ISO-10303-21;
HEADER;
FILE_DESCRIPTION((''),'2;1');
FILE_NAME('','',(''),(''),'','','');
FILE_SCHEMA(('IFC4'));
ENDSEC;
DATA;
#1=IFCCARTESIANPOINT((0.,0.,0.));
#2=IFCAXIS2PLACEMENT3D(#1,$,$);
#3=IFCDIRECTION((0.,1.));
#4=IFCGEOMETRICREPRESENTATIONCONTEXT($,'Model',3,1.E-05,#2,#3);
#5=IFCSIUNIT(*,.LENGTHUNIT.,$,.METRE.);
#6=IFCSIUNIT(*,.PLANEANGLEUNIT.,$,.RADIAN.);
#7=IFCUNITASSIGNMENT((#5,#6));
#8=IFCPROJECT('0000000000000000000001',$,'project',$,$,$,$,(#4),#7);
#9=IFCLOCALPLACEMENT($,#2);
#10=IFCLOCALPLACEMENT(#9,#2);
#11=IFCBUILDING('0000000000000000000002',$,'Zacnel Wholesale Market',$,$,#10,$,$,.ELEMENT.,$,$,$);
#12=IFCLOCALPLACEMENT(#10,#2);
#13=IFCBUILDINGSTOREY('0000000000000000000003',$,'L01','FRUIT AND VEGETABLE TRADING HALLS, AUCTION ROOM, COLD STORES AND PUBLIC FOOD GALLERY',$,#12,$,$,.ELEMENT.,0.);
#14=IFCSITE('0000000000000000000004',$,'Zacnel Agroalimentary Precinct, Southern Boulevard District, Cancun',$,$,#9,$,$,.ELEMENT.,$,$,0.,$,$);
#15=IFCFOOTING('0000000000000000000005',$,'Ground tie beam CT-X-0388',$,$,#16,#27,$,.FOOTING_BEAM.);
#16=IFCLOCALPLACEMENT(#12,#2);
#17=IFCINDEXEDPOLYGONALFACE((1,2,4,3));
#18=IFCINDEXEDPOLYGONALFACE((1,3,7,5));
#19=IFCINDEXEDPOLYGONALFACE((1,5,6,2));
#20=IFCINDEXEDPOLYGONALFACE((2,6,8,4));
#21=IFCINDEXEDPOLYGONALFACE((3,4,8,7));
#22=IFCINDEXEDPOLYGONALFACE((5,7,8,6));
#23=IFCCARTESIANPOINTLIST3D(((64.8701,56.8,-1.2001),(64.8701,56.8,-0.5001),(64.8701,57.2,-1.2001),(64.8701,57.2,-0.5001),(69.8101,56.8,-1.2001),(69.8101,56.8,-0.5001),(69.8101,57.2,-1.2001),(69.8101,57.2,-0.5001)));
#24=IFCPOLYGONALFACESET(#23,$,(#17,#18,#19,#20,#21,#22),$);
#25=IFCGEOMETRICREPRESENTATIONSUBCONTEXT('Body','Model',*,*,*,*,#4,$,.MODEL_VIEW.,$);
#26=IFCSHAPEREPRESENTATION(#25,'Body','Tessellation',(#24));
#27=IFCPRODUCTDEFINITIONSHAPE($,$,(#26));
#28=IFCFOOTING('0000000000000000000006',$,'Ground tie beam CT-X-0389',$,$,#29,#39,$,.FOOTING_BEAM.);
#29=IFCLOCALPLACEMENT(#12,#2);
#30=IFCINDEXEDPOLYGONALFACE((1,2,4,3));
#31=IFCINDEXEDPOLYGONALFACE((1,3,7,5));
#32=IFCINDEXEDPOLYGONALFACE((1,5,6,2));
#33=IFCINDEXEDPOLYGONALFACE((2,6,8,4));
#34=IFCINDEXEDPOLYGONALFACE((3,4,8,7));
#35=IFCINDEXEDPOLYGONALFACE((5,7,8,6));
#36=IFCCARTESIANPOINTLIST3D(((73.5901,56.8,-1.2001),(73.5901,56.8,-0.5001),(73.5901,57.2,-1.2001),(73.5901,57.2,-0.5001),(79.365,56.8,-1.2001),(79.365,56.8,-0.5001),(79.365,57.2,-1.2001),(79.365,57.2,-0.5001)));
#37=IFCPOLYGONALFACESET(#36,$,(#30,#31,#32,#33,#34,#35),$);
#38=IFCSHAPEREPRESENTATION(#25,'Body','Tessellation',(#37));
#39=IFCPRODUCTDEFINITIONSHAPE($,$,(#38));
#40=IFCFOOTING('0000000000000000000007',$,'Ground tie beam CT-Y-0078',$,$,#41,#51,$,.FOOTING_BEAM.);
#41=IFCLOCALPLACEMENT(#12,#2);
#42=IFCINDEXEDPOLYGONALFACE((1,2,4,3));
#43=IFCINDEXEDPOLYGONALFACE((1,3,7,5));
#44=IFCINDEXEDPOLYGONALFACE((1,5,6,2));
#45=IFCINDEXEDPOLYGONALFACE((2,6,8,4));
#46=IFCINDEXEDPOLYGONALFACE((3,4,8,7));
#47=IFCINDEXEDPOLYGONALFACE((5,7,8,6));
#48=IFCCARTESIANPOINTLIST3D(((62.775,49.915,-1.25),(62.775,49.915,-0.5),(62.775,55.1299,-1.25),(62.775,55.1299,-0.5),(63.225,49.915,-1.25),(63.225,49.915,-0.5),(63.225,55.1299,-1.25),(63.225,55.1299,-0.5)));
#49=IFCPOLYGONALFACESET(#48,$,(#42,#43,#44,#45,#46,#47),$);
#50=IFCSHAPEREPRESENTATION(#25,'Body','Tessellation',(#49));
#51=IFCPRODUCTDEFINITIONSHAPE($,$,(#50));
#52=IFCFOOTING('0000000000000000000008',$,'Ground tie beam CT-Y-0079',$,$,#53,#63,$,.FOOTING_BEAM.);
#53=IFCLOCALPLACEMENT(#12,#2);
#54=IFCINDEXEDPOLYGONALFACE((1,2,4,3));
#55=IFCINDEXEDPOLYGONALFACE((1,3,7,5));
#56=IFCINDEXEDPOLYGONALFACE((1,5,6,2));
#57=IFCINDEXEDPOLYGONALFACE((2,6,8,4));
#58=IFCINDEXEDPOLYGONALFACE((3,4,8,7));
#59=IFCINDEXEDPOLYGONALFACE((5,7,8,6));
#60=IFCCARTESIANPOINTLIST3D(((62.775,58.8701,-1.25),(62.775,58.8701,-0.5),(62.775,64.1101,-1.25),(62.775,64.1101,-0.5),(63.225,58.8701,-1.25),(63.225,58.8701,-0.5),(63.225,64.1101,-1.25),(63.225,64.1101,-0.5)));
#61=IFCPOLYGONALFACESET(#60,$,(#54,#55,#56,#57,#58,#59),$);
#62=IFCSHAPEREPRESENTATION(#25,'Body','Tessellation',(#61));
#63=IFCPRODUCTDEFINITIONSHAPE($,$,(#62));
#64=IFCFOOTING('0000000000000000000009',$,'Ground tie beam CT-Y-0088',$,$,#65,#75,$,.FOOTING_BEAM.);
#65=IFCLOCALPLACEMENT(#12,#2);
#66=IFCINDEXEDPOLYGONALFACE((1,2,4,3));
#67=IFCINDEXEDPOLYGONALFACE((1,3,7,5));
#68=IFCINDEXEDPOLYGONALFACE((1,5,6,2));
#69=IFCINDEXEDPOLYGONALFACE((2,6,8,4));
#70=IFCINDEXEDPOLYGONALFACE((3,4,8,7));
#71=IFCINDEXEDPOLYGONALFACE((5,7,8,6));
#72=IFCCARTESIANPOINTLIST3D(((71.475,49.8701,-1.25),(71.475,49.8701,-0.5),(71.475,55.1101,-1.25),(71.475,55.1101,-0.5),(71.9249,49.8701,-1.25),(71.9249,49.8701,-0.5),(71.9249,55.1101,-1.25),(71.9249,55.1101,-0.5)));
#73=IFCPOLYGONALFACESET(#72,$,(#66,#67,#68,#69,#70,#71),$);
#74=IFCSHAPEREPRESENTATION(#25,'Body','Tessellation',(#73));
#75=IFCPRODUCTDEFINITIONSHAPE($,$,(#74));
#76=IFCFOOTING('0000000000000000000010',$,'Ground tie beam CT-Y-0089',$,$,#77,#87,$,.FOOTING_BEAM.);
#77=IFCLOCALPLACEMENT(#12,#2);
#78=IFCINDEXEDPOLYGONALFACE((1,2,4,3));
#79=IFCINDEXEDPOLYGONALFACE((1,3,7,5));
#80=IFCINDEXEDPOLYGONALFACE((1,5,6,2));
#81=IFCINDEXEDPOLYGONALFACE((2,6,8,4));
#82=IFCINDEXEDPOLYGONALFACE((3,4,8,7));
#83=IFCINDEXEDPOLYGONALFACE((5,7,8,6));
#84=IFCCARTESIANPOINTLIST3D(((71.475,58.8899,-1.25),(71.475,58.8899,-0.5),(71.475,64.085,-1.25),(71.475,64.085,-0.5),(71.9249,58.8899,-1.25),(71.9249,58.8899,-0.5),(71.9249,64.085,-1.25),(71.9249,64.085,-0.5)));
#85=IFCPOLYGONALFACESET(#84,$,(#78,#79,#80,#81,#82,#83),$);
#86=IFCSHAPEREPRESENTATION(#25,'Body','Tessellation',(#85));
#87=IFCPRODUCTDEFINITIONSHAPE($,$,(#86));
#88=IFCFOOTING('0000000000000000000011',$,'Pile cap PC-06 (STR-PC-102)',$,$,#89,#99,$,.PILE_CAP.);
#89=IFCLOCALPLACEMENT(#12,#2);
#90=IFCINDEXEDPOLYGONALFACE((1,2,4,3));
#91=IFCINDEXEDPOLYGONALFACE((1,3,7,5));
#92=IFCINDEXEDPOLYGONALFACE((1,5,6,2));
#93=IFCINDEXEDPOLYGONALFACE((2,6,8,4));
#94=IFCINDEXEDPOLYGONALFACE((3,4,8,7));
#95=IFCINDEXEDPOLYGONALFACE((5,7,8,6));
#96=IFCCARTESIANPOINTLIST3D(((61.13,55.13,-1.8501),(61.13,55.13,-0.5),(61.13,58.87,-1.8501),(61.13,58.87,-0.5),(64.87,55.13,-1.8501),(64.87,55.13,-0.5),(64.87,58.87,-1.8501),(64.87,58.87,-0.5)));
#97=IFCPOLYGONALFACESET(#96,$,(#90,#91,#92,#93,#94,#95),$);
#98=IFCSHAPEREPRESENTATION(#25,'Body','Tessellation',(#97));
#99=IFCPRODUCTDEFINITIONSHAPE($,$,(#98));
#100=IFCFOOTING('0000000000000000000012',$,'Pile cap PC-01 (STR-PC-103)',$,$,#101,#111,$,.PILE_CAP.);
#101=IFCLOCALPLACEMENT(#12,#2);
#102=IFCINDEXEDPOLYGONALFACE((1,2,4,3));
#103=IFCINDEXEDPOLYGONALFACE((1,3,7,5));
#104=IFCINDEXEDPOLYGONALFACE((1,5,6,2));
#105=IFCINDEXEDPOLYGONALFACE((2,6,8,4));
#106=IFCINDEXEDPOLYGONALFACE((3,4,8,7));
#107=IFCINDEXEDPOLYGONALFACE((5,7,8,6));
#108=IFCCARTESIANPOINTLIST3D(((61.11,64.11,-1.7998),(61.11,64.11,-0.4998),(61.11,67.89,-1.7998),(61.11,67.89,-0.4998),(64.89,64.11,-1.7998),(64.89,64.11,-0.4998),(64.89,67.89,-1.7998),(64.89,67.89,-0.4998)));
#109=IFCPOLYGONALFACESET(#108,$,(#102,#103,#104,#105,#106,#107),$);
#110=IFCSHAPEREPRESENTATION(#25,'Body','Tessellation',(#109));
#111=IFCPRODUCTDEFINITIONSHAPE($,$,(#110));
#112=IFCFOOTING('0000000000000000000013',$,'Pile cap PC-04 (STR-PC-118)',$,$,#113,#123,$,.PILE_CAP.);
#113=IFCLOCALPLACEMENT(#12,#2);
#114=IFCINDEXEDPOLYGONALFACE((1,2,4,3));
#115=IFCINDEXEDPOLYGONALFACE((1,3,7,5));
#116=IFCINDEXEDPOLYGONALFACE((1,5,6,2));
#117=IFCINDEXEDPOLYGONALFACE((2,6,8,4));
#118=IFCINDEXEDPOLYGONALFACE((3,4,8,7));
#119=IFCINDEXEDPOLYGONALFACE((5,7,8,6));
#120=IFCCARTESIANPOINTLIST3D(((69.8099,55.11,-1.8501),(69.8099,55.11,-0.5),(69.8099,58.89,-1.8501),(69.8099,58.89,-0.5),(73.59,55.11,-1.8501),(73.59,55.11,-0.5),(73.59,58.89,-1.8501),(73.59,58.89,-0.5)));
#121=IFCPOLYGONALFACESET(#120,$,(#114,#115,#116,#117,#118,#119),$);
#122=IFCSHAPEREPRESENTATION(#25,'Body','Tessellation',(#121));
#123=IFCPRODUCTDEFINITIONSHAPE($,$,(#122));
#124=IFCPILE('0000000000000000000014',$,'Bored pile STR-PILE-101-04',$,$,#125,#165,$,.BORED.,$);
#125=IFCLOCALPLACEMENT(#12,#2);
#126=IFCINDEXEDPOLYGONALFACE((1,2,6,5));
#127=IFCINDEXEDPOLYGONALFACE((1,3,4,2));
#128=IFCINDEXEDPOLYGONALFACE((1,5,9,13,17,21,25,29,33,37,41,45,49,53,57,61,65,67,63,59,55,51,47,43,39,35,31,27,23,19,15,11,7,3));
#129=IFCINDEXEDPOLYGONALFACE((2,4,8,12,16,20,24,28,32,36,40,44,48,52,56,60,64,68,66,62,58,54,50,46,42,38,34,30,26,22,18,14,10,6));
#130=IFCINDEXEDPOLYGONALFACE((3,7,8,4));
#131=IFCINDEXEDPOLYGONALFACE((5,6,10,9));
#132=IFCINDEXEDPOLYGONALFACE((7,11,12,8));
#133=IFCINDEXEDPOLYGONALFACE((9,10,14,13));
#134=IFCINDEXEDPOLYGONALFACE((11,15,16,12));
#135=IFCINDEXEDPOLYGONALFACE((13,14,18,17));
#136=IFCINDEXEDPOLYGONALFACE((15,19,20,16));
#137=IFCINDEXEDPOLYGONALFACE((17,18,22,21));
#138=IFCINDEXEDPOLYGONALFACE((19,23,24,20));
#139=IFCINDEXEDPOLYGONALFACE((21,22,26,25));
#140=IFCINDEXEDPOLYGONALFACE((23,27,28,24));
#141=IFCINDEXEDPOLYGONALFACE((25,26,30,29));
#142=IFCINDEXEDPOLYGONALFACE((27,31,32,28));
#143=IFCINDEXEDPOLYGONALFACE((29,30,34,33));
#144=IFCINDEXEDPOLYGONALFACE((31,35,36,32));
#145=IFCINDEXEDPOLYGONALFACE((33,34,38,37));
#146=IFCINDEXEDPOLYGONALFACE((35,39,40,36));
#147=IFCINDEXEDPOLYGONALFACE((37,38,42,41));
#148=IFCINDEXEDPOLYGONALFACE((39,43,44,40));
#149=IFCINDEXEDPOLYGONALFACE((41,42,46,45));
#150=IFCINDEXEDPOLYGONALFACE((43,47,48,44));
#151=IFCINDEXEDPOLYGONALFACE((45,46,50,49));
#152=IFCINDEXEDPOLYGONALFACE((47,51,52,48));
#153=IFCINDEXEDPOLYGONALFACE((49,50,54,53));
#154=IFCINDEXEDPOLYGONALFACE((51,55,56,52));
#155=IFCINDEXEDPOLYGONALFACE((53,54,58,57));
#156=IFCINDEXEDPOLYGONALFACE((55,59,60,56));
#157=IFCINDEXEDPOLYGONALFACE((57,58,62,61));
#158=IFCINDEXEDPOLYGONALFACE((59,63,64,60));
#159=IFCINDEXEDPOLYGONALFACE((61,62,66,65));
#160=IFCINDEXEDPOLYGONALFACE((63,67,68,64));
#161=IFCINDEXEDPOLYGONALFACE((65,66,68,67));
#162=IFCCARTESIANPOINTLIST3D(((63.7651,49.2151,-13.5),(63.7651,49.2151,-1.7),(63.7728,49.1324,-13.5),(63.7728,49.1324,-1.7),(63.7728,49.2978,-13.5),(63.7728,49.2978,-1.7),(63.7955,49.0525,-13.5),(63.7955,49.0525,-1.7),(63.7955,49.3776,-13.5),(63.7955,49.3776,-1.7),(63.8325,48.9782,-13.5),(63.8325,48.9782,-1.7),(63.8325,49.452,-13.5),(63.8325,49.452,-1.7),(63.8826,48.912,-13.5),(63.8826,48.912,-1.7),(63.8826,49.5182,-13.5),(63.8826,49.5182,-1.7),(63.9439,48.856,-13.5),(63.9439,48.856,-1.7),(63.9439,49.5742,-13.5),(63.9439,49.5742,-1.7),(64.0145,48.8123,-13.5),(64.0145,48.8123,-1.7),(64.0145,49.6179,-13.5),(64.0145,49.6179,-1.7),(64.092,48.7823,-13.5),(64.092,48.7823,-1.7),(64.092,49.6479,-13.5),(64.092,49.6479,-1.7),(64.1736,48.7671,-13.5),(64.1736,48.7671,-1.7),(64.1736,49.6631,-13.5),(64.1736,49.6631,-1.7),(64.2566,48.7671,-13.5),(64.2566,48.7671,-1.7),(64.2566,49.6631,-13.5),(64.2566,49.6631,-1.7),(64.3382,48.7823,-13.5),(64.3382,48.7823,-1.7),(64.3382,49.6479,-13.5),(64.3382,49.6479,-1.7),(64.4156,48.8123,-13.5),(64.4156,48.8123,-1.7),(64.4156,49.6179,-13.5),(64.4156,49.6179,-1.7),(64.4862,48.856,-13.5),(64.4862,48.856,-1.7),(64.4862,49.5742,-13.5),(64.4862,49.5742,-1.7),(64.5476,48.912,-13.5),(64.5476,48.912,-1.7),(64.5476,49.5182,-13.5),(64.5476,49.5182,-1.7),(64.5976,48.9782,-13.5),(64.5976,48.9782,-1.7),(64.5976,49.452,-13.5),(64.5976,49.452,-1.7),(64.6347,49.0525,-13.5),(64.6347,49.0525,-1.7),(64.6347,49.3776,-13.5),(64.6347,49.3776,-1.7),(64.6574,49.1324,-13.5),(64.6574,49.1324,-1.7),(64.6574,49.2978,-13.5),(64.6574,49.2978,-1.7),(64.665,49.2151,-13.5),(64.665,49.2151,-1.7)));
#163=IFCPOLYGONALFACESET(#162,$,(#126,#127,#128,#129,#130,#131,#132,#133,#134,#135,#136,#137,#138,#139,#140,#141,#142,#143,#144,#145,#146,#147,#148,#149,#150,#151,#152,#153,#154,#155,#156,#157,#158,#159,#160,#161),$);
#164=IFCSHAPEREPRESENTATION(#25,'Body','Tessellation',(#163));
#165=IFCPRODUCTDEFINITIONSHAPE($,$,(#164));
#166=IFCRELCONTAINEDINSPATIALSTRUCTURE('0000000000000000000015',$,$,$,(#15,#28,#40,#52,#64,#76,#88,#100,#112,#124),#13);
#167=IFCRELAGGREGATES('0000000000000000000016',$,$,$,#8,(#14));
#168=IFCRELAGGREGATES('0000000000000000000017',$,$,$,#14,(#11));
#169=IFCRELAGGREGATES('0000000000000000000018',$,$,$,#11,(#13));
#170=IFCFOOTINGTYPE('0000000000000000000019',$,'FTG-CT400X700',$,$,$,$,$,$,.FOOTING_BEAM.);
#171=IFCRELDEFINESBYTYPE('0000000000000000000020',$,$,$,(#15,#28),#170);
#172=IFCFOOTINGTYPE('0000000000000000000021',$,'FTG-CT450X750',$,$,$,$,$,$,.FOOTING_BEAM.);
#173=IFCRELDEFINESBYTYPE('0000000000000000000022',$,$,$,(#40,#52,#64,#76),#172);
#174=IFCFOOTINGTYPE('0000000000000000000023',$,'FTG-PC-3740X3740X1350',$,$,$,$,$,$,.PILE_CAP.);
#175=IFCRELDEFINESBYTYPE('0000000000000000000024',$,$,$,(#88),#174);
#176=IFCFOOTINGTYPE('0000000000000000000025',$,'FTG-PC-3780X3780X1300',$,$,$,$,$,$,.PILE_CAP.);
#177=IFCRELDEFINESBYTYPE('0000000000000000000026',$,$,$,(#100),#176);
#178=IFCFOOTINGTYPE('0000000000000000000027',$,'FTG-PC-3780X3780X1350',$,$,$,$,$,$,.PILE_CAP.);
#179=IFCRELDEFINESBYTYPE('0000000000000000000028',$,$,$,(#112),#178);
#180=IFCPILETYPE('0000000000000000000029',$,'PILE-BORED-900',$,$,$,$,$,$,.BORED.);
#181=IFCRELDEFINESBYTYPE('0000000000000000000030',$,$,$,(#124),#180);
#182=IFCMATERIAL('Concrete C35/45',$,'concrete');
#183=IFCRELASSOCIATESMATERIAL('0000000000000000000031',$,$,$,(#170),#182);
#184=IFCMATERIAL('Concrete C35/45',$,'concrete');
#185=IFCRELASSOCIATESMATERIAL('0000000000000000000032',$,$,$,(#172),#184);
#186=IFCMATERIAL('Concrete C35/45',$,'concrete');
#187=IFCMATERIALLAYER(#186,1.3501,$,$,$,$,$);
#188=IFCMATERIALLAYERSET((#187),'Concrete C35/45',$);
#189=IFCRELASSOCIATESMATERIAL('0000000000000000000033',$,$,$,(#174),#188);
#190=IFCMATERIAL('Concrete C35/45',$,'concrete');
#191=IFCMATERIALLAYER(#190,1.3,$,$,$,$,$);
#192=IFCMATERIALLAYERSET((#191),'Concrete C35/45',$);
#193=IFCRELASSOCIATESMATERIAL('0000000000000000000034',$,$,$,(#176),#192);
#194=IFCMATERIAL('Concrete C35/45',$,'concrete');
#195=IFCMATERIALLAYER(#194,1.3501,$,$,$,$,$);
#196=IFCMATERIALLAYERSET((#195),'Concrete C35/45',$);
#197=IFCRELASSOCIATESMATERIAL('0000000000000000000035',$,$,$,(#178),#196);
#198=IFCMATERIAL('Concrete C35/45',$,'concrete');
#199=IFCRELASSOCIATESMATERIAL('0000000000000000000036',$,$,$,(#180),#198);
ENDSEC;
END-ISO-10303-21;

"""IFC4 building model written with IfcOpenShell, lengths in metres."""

from ifc_helpers import new_model, si_unit, direction, frame, origin, origin_2d, place, context, subcontext, project, spatial, rectangle, circle, extrude, material, layer, layer_set, material_profile, profile_set, type_object, element, save


model = new_model("IFC4")

# Units and contexts
model_context = context("Model", 3, precision=1e-05, world=origin(), true_north=direction((0.0, 1.0)))
body_context = subcontext(model_context, "Body", "Model", "MODEL_VIEW")
ifc_project = project(units=[si_unit("LENGTHUNIT", "METRE"), si_unit("PLANEANGLEUNIT", "RADIAN")], contexts=[model_context])

# Site, building, storey
site_placement = place(None, origin())
site = spatial("IfcSite", under=ifc_project, at=site_placement, Name="Zacnel Agroalimentary Precinct, Southern Boulevard District, Cancun", CompositionType="ELEMENT", RefElevation=0.0)
building_placement = place(site_placement, origin())
building = spatial("IfcBuilding", under=site, at=building_placement, Name="Zacnel Wholesale Market", CompositionType="ELEMENT")
storey_placement = place(building_placement, origin())
storey = spatial("IfcBuildingStorey", under=building, at=storey_placement, Name="L01", Description="FRUIT AND VEGETABLE TRADING HALLS, AUCTION ROOM, COLD STORES AND PUBLIC FOOD GALLERY", CompositionType="ELEMENT", Elevation=0.0)

# Footings
ifc_material_1 = material(Name="Concrete C35/45", Category="concrete")
ifc_material_profile_1 = material_profile(ifc_material_1, rectangle(XDim=0.3999, YDim=0.7, at=origin_2d()), Name="CT 400x700")
ifc_profile_set_1 = profile_set([ifc_material_profile_1], Name="Concrete C35/45")
footing_type_1 = type_object("IfcFootingType", Name="FTG-CT400X700", PredefinedType="FOOTING_BEAM", material=ifc_profile_set_1)
footing_1_placement = place(storey_placement, frame((64.8701, 57.0, -0.8501), z_axis=(1.0, 0.0, 0.0), x_axis=(0.0, 1.0, 0.0)))
element("IfcFooting", 1, at=footing_1_placement, inside=storey, type_object=footing_type_1, Name="Ground tie beam CT-X-0388", PredefinedType="FOOTING_BEAM", context=body_context, shape_type="SweptSolid", body=[
    extrude(rectangle(XDim=0.3999, YDim=0.7, at=origin_2d()), origin(), (0.0, 0.0, 1.0), 4.9399),
])
footing_2_placement = place(storey_placement, frame((73.5901, 57.0, -0.8501), z_axis=(1.0, 0.0, 0.0), x_axis=(0.0, 1.0, 0.0)))
element("IfcFooting", 2, at=footing_2_placement, inside=storey, type_object=footing_type_1, Name="Ground tie beam CT-X-0389", PredefinedType="FOOTING_BEAM", context=body_context, shape_type="SweptSolid", body=[
    extrude(rectangle(XDim=0.3999, YDim=0.7, at=origin_2d()), origin(), (0.0, 0.0, 1.0), 5.7749),
])
ifc_material_2 = material(Name="Concrete C35/45", Category="concrete")
ifc_material_profile_2 = material_profile(ifc_material_2, rectangle(XDim=0.45, YDim=0.75, at=origin_2d()), Name="CT 450x750")
ifc_profile_set_2 = profile_set([ifc_material_profile_2], Name="Concrete C35/45")
footing_type_2 = type_object("IfcFootingType", Name="FTG-CT450X750", PredefinedType="FOOTING_BEAM", material=ifc_profile_set_2)
footing_3_placement = place(storey_placement, frame((63.0, 49.915, -0.875), z_axis=(0.0, 1.0, 0.0), x_axis=(-1.0, 0.0, 0.0)))
element("IfcFooting", 3, at=footing_3_placement, inside=storey, type_object=footing_type_2, Name="Ground tie beam CT-Y-0078", PredefinedType="FOOTING_BEAM", context=body_context, shape_type="SweptSolid", body=[
    extrude(rectangle(XDim=0.45, YDim=0.75, at=origin_2d()), origin(), (0.0, 0.0, 1.0), 5.2148),
])
for number, where, z_axis, x_axis, name in (
    (4, (63.0, 58.8701, -0.875), (0.0, 1.0, 0.0), (-1.0, 0.0, 0.0), "Ground tie beam CT-Y-0079"),
    (5, (71.7, 49.8701, -0.875), (0.0, 1.0, 0.0), (-1.0, 0.0, 0.0), "Ground tie beam CT-Y-0088"),
):
    element("IfcFooting", number, at=place(storey_placement, frame(where, z_axis=z_axis, x_axis=x_axis)), inside=storey, type_object=footing_type_2, Name=name, PredefinedType="FOOTING_BEAM", context=body_context, shape_type="SweptSolid", body=[
        extrude(rectangle(XDim=0.45, YDim=0.75, at=origin_2d()), origin(), (0.0, 0.0, 1.0), 5.24),
    ])
footing_4_placement = place(storey_placement, frame((71.7, 58.8899, -0.875), z_axis=(0.0, 1.0, 0.0), x_axis=(-1.0, 0.0, 0.0)))
element("IfcFooting", 6, at=footing_4_placement, inside=storey, type_object=footing_type_2, Name="Ground tie beam CT-Y-0089", PredefinedType="FOOTING_BEAM", context=body_context, shape_type="SweptSolid", body=[
    extrude(rectangle(XDim=0.45, YDim=0.75, at=origin_2d()), origin(), (0.0, 0.0, 1.0), 5.1951),
])
ifc_material_3 = material(Name="Concrete C35/45", Category="concrete")
ifc_layer_1 = layer(ifc_material_3, 1.3501)
ifc_layer_set_1 = layer_set([ifc_layer_1], Name="Concrete C35/45")
footing_type_3 = type_object("IfcFootingType", Name="FTG-PC-3740X3740X1350", PredefinedType="PILE_CAP", material=ifc_layer_set_1)
footing_5_placement = place(storey_placement, frame((63.0, 57.0, -1.8501), z_axis=(0.0, 0.0, 1.0), x_axis=(1.0, 0.0, 0.0)))
element("IfcFooting", 7, at=footing_5_placement, inside=storey, type_object=footing_type_3, Name="Pile cap PC-06 (STR-PC-102)", PredefinedType="PILE_CAP", context=body_context, shape_type="SweptSolid", body=[
    extrude(rectangle(XDim=3.74, YDim=3.74, at=origin_2d()), origin(), (0.0, 0.0, 1.0), 1.3501),
])
ifc_material_4 = material(Name="Concrete C35/45", Category="concrete")
ifc_layer_2 = layer(ifc_material_4, 1.3)
ifc_layer_set_2 = layer_set([ifc_layer_2], Name="Concrete C35/45")
footing_type_4 = type_object("IfcFootingType", Name="FTG-PC-3780X3780X1300", PredefinedType="PILE_CAP", material=ifc_layer_set_2)
footing_6_placement = place(storey_placement, frame((63.0, 66.0, -1.7998), z_axis=(0.0, 0.0, 1.0), x_axis=(1.0, 0.0, 0.0)))
element("IfcFooting", 8, at=footing_6_placement, inside=storey, type_object=footing_type_4, Name="Pile cap PC-01 (STR-PC-103)", PredefinedType="PILE_CAP", context=body_context, shape_type="SweptSolid", body=[
    extrude(rectangle(XDim=3.78, YDim=3.78, at=origin_2d()), origin(), (0.0, 0.0, 1.0), 1.3),
])
ifc_material_5 = material(Name="Concrete C35/45", Category="concrete")
ifc_layer_3 = layer(ifc_material_5, 1.3501)
ifc_layer_set_3 = layer_set([ifc_layer_3], Name="Concrete C35/45")
footing_type_5 = type_object("IfcFootingType", Name="FTG-PC-3780X3780X1350", PredefinedType="PILE_CAP", material=ifc_layer_set_3)
footing_7_placement = place(storey_placement, frame((71.7, 57.0, -1.8501), z_axis=(0.0, 0.0, 1.0), x_axis=(1.0, 0.0, 0.0)))
element("IfcFooting", 9, at=footing_7_placement, inside=storey, type_object=footing_type_5, Name="Pile cap PC-04 (STR-PC-118)", PredefinedType="PILE_CAP", context=body_context, shape_type="SweptSolid", body=[
    extrude(rectangle(XDim=3.78, YDim=3.78, at=origin_2d()), origin(), (0.0, 0.0, 1.0), 1.3501),
])

# Pile
ifc_material_6 = material(Name="Concrete C35/45", Category="concrete")
ifc_material_profile_3 = material_profile(ifc_material_6, circle(Radius=0.45, at=origin_2d()), Name="BORED PILE D900")
ifc_profile_set_3 = profile_set([ifc_material_profile_3], Name="Concrete C35/45")
pile_type = type_object("IfcPileType", Name="PILE-BORED-900", PredefinedType="BORED", material=ifc_profile_set_3)
pile_1_placement = place(storey_placement, frame((64.2151, 49.2151, -1.7), z_axis=(0.0, 0.0, -1.0), x_axis=(1.0, 0.0, 0.0)))
element("IfcPile", 10, at=pile_1_placement, inside=storey, type_object=pile_type, Name="Bored pile STR-PILE-101-04", PredefinedType="BORED", context=body_context, shape_type="SweptSolid", body=[
    extrude(circle(Radius=0.45, at=origin_2d()), origin(), (0.0, 0.0, 1.0), 11.8),
])

save(model, "model.ifc")
